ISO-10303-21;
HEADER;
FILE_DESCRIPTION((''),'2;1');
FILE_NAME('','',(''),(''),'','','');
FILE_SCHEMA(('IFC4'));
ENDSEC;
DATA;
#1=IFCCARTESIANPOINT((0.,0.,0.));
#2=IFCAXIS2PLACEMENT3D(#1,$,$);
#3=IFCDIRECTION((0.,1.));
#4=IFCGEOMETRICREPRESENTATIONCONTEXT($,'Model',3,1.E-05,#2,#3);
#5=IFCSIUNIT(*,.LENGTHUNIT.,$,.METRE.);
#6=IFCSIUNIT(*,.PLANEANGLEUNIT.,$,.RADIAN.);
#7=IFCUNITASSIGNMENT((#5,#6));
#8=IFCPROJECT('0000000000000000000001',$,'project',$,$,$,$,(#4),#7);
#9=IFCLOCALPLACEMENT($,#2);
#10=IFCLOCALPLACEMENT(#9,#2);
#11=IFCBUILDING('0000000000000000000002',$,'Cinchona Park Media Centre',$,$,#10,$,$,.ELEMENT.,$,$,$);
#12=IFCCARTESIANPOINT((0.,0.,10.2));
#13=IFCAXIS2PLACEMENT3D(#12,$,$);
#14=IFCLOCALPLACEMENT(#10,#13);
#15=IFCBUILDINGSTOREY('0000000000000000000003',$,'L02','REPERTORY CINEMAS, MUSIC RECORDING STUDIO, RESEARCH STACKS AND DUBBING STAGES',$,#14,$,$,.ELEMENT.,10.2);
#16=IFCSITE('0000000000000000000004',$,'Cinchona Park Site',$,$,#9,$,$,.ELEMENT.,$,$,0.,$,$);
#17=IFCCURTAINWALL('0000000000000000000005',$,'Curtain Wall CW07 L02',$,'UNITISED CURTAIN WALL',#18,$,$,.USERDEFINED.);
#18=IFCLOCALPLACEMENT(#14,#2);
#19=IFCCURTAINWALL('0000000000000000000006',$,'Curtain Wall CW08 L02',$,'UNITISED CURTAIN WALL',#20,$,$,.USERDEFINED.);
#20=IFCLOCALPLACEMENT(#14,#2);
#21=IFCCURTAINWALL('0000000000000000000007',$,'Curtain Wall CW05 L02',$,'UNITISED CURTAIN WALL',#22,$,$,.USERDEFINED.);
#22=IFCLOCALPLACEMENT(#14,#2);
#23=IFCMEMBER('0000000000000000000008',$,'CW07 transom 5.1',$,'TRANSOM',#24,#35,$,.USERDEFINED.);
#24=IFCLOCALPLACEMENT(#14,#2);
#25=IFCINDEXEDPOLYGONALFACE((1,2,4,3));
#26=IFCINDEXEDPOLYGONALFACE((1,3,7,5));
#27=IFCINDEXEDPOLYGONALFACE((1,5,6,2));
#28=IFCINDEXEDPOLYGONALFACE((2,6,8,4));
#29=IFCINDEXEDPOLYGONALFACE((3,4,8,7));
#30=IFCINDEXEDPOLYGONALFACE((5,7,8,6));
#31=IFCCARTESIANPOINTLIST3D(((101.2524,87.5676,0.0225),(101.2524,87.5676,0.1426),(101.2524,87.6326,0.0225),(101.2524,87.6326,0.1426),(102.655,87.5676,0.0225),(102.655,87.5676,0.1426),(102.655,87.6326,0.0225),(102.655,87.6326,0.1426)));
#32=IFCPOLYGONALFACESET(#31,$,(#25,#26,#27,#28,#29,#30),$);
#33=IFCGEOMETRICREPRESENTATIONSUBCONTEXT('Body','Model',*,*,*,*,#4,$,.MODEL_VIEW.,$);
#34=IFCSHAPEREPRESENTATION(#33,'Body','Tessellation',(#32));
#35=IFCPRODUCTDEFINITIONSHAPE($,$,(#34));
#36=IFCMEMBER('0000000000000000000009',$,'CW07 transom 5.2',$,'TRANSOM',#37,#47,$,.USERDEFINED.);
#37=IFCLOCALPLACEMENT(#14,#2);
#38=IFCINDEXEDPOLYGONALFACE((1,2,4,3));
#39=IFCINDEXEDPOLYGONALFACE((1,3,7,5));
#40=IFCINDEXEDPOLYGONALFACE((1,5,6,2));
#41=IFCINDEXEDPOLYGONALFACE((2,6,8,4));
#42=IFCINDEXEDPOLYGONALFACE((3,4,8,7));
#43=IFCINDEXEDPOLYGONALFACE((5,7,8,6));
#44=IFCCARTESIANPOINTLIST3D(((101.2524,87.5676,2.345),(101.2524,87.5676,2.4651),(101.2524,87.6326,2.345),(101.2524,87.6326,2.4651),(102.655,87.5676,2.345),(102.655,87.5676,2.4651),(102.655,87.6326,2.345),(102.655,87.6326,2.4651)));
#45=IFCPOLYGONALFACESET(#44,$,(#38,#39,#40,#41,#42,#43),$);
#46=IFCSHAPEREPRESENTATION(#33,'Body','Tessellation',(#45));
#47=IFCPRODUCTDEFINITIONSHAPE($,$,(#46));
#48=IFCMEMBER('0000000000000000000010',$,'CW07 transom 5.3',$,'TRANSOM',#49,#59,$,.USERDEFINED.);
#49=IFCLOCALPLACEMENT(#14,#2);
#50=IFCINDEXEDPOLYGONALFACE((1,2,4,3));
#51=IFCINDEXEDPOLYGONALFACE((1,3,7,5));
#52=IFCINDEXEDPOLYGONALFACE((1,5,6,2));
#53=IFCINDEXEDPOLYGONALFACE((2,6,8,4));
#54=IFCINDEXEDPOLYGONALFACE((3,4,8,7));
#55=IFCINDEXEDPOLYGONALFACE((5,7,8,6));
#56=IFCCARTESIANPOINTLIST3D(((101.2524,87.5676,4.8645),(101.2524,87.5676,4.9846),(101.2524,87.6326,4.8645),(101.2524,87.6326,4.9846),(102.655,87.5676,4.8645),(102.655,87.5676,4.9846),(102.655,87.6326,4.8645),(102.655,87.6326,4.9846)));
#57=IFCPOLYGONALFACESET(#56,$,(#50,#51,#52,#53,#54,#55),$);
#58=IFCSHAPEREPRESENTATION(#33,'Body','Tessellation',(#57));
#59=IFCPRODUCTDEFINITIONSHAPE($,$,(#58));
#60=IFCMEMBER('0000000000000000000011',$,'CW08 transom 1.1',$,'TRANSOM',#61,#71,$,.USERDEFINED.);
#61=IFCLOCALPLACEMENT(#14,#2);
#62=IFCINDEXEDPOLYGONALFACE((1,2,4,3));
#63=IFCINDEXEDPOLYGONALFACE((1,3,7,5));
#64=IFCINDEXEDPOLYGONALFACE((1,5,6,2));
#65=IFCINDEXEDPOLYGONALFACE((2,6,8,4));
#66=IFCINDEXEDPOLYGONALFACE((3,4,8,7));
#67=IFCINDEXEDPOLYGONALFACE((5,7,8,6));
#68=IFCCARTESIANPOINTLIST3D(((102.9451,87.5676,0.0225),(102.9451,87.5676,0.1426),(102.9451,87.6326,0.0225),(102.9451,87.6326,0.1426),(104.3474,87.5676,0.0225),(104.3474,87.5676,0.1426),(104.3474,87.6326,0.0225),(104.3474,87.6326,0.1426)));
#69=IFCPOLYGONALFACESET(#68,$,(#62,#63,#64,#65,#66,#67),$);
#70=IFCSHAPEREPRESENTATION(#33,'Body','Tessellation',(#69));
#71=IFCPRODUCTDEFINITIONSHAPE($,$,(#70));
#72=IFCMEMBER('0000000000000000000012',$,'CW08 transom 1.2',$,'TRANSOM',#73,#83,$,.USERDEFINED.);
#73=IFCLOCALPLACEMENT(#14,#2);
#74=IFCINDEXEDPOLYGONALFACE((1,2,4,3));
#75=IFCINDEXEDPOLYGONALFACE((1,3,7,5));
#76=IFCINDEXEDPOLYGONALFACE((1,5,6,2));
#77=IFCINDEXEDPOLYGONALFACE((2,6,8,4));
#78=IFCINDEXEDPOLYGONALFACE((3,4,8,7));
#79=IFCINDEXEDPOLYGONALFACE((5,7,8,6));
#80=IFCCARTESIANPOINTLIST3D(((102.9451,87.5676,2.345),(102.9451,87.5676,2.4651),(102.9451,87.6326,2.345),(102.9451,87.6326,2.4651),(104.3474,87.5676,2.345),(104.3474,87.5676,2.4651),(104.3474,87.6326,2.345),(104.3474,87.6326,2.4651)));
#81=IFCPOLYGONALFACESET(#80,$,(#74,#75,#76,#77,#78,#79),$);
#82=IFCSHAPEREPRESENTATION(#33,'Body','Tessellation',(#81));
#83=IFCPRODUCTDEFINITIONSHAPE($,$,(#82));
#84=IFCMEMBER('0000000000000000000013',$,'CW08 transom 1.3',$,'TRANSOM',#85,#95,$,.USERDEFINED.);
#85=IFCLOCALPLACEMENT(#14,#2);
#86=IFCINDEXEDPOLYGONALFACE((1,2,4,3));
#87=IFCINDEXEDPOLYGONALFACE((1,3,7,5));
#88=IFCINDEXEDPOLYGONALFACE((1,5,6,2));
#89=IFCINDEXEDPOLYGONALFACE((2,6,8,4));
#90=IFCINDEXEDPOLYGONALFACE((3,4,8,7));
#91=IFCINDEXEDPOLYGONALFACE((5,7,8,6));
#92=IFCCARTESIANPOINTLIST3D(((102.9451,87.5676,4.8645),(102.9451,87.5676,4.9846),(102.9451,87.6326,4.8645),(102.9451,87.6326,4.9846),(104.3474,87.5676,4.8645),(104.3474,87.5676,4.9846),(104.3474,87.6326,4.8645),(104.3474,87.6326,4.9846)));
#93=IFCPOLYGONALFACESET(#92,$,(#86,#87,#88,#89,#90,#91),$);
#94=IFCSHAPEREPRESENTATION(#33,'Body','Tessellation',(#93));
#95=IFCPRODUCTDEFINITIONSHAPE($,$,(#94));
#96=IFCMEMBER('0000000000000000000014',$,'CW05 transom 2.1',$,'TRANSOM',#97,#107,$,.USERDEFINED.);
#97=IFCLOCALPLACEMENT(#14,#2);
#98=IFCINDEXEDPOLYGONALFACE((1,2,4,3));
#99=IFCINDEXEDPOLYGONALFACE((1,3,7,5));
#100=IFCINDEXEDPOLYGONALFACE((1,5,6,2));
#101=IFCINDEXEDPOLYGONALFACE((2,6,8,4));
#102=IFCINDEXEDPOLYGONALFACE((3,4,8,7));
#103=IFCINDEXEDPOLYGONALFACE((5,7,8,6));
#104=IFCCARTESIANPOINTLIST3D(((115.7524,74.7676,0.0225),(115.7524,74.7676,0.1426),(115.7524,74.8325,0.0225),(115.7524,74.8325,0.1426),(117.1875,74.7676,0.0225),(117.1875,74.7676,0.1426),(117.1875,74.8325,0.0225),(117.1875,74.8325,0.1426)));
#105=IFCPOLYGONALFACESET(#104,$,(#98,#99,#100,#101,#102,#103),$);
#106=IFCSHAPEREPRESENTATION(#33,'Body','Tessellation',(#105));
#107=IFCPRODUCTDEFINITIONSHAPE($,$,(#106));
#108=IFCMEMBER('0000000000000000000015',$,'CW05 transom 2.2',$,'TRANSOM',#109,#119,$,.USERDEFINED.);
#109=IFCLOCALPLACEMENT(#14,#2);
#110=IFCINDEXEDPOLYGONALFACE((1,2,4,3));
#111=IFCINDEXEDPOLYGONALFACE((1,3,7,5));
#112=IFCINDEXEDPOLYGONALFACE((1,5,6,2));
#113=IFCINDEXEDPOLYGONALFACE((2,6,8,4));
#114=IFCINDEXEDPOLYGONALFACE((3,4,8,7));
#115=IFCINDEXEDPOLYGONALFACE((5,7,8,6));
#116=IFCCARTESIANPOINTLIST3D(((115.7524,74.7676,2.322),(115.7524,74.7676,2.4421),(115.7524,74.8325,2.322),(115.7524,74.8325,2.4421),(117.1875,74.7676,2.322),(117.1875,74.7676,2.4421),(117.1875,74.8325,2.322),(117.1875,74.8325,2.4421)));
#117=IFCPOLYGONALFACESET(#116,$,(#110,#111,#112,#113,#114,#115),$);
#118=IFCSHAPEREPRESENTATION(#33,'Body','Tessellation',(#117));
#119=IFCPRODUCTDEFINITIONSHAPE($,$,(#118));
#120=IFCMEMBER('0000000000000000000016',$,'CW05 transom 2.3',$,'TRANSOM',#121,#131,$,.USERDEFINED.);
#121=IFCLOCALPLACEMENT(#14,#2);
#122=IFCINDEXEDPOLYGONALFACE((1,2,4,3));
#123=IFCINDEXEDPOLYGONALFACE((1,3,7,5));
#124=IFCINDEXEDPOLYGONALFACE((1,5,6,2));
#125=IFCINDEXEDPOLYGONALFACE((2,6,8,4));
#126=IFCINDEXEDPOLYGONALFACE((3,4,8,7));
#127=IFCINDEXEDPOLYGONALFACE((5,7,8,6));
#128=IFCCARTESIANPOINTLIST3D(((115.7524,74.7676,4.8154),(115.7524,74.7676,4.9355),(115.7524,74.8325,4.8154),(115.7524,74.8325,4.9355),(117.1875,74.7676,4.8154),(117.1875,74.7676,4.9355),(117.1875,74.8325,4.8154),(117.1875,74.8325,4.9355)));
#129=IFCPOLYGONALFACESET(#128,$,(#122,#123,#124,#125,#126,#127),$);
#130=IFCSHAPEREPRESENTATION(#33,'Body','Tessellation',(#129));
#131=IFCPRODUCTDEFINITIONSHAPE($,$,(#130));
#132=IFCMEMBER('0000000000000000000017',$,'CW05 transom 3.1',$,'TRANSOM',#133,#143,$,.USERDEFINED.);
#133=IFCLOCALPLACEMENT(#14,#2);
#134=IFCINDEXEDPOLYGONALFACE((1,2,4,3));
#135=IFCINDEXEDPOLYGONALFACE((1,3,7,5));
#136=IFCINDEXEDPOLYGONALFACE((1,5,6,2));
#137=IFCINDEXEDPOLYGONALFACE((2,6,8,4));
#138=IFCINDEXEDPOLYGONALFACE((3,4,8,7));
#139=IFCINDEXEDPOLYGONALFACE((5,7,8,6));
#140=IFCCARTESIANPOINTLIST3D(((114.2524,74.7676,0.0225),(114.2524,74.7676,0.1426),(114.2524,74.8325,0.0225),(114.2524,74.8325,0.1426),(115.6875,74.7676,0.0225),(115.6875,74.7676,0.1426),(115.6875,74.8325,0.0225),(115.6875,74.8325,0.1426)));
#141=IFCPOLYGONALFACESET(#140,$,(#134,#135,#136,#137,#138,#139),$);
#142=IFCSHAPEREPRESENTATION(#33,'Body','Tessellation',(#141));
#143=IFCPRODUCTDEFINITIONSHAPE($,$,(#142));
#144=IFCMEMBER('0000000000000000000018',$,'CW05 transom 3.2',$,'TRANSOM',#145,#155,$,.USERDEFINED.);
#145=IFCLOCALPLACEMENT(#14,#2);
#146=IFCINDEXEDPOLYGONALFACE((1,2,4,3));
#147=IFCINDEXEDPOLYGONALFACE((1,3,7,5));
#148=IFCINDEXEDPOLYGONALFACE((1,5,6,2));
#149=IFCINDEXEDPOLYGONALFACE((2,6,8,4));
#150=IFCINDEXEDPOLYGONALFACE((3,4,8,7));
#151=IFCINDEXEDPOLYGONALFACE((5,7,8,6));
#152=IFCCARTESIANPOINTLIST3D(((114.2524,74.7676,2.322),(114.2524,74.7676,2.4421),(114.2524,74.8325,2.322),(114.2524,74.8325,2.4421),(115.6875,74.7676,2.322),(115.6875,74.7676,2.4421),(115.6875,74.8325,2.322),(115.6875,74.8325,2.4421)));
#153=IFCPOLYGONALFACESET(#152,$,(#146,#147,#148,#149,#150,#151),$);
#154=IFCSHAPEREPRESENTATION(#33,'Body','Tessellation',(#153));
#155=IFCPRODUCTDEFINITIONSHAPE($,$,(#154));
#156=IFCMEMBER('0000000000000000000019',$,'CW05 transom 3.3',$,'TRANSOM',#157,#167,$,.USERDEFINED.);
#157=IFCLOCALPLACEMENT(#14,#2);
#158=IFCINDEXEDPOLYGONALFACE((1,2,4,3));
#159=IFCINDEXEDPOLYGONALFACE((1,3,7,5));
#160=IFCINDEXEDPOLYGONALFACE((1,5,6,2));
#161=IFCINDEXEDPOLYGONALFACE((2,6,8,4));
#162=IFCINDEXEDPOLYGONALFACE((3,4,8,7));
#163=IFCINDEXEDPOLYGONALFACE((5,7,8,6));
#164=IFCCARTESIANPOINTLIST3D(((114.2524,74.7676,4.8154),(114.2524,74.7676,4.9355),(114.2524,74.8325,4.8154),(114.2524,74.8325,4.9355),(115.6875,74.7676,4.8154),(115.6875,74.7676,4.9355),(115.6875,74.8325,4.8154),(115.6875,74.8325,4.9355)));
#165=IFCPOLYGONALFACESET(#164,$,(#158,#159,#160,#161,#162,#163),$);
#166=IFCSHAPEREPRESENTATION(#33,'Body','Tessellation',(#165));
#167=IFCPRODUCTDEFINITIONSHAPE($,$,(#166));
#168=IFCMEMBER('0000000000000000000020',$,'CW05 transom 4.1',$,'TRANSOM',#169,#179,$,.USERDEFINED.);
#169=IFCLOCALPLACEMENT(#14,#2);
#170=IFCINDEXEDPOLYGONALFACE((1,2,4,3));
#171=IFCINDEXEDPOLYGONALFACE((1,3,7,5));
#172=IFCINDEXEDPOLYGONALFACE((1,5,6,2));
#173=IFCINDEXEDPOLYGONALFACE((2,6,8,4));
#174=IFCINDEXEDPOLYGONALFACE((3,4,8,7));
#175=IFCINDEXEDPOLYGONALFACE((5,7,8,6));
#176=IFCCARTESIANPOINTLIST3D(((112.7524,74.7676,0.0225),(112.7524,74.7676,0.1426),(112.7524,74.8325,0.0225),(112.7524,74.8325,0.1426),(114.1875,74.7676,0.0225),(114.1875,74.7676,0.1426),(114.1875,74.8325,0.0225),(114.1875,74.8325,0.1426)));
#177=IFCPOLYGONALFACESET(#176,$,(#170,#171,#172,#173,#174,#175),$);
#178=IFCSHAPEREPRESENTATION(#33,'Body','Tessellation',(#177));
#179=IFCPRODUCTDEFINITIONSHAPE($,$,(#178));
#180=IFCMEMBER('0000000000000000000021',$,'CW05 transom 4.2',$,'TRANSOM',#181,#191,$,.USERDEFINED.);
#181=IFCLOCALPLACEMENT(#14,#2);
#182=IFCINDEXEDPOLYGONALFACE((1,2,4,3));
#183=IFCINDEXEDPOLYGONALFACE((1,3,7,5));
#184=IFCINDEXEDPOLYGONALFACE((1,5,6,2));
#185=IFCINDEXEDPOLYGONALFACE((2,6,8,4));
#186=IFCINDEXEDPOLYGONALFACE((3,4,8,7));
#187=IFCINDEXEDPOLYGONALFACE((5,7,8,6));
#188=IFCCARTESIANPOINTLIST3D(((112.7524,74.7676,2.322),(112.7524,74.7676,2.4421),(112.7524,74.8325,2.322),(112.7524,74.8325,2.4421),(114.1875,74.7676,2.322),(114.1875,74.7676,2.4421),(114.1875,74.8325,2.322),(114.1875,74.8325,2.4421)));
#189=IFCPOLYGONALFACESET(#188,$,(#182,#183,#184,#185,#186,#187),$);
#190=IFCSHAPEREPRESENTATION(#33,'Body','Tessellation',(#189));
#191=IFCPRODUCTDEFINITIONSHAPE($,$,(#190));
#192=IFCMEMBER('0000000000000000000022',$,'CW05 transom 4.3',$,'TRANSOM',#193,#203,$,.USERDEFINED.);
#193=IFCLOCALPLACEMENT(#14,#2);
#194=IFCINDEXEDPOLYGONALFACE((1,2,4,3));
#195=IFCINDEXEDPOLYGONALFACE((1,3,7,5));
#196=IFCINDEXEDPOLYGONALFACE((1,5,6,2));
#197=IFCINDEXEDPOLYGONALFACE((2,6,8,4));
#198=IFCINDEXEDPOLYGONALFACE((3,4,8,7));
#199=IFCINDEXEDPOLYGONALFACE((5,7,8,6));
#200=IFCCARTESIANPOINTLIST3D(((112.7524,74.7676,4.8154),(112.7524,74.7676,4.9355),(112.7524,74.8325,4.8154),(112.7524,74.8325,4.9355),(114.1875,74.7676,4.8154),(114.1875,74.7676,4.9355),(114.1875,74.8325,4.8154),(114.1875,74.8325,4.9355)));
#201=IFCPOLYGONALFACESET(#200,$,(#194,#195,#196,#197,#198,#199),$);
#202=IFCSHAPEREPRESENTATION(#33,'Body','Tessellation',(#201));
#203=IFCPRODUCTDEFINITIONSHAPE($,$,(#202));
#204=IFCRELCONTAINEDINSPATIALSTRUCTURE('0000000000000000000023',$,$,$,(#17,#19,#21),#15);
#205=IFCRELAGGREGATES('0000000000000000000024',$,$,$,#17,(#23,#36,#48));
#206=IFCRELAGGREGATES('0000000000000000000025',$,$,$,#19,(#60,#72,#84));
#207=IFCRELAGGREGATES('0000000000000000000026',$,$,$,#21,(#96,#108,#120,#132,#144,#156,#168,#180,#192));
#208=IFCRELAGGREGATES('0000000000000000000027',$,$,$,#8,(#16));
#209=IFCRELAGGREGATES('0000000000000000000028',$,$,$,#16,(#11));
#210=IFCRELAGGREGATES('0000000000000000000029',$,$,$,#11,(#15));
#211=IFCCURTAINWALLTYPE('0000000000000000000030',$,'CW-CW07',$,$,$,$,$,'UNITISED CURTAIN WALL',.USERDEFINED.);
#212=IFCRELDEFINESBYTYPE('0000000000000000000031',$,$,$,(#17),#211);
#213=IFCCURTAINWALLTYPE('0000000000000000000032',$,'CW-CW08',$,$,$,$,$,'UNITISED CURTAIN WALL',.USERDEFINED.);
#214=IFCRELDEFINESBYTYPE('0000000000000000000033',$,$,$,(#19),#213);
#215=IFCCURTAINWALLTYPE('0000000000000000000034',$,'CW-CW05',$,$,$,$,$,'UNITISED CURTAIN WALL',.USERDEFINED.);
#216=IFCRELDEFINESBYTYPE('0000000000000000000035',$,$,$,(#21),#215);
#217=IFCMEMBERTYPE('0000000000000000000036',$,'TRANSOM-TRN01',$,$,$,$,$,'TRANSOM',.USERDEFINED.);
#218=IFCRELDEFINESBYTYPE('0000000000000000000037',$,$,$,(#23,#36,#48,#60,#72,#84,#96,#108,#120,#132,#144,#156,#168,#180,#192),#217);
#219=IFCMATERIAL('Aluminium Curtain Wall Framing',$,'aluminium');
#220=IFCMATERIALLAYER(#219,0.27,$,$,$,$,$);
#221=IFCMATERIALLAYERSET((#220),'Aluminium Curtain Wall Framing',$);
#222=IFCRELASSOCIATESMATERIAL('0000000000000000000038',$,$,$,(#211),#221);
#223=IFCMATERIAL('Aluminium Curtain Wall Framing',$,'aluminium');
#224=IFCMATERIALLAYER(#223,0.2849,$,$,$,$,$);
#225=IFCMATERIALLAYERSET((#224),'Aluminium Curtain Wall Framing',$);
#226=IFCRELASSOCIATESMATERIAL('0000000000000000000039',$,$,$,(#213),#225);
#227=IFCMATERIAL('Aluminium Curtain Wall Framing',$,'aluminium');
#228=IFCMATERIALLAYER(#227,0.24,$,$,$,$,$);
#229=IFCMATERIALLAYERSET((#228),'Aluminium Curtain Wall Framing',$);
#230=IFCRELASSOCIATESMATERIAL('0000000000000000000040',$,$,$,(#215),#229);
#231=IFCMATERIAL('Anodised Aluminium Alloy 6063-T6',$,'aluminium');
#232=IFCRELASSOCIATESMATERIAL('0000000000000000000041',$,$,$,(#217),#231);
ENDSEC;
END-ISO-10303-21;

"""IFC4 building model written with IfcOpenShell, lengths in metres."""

from ifc_helpers import new_model, si_unit, direction, frame, origin, origin_2d, place, context, subcontext, project, spatial, rectangle, extrude, material, layer, layer_set, material_profile, profile_set, type_object, element, aggregate, save


model = new_model("IFC4")

# Units and contexts
model_context = context("Model", 3, precision=1e-05, world=origin(), true_north=direction((0.0, 1.0)))
body_context = subcontext(model_context, "Body", "Model", "MODEL_VIEW")
ifc_project = project(units=[si_unit("LENGTHUNIT", "METRE"), si_unit("PLANEANGLEUNIT", "RADIAN")], contexts=[model_context])

# Site, building, storey
site_placement = place(None, origin())
site = spatial("IfcSite", under=ifc_project, at=site_placement, Name="Cinchona Park Site", CompositionType="ELEMENT", RefElevation=0.0)
building_placement = place(site_placement, origin())
building = spatial("IfcBuilding", under=site, at=building_placement, Name="Cinchona Park Media Centre", CompositionType="ELEMENT")
storey_placement = place(building_placement, frame((0.0, 0.0, 10.2)))
storey = spatial("IfcBuildingStorey", under=building, at=storey_placement, Name="L02", Description="REPERTORY CINEMAS, MUSIC RECORDING STUDIO, RESEARCH STACKS AND DUBBING STAGES", CompositionType="ELEMENT", Elevation=10.2)

# Curtain walls
ifc_material_1 = material(Name="Aluminium Curtain Wall Framing", Category="aluminium")
ifc_layer_1 = layer(ifc_material_1, 0.27)
ifc_layer_set_1 = layer_set([ifc_layer_1], Name="Aluminium Curtain Wall Framing")
curtain_wall_type_1 = type_object("IfcCurtainWallType", Name="CW-CW07", ElementType="UNITISED CURTAIN WALL", PredefinedType="USERDEFINED", material=ifc_layer_set_1)
curtain_wall_1_placement = place(storey_placement, origin())
curtain_wall_1 = element("IfcCurtainWall", 1, at=curtain_wall_1_placement, inside=storey, type_object=curtain_wall_type_1, Name="Curtain Wall CW07 L02", ObjectType="UNITISED CURTAIN WALL", PredefinedType="USERDEFINED")
ifc_material_2 = material(Name="Aluminium Curtain Wall Framing", Category="aluminium")
ifc_layer_2 = layer(ifc_material_2, 0.2849)
ifc_layer_set_2 = layer_set([ifc_layer_2], Name="Aluminium Curtain Wall Framing")
curtain_wall_type_2 = type_object("IfcCurtainWallType", Name="CW-CW08", ElementType="UNITISED CURTAIN WALL", PredefinedType="USERDEFINED", material=ifc_layer_set_2)
curtain_wall_2_placement = place(storey_placement, origin())
curtain_wall_2 = element("IfcCurtainWall", 2, at=curtain_wall_2_placement, inside=storey, type_object=curtain_wall_type_2, Name="Curtain Wall CW08 L02", ObjectType="UNITISED CURTAIN WALL", PredefinedType="USERDEFINED")
ifc_material_3 = material(Name="Aluminium Curtain Wall Framing", Category="aluminium")
ifc_layer_3 = layer(ifc_material_3, 0.24)
ifc_layer_set_3 = layer_set([ifc_layer_3], Name="Aluminium Curtain Wall Framing")
curtain_wall_type_3 = type_object("IfcCurtainWallType", Name="CW-CW05", ElementType="UNITISED CURTAIN WALL", PredefinedType="USERDEFINED", material=ifc_layer_set_3)
curtain_wall_3_placement = place(storey_placement, origin())
curtain_wall_3 = element("IfcCurtainWall", 3, at=curtain_wall_3_placement, inside=storey, type_object=curtain_wall_type_3, Name="Curtain Wall CW05 L02", ObjectType="UNITISED CURTAIN WALL", PredefinedType="USERDEFINED")

# Members
ifc_material_4 = material(Name="Anodised Aluminium Alloy 6063-T6", Category="aluminium")
ifc_material_profile_1 = material_profile(ifc_material_4, rectangle(XDim=0.0649, YDim=0.1201, at=origin_2d()), Name="TRN-65X120")
ifc_profile_set_1 = profile_set([ifc_material_profile_1], Name="Anodised Aluminium Alloy 6063-T6")
member_type_1 = type_object("IfcMemberType", Name="TRANSOM-TRN01", ElementType="TRANSOM", PredefinedType="USERDEFINED", material=ifc_profile_set_1)
member_1_placement = place(storey_placement, frame((101.2524, 87.6001, 0.0825), z_axis=(1.0, 0.0, 0.0), x_axis=(0.0, 1.0, 0.0)))
member_1 = element("IfcMember", 4, at=member_1_placement, type_object=member_type_1, Name="CW07 transom 5.1", ObjectType="TRANSOM", PredefinedType="USERDEFINED", context=body_context, shape_type="SweptSolid", body=[
    extrude(rectangle(XDim=0.0649, YDim=0.1201, at=origin_2d()), origin(), (0.0, 0.0, 1.0), 1.4026),
])
member_2_placement = place(storey_placement, frame((101.2524, 87.6001, 2.405), z_axis=(1.0, 0.0, 0.0), x_axis=(0.0, 1.0, 0.0)))
member_2 = element("IfcMember", 5, at=member_2_placement, type_object=member_type_1, Name="CW07 transom 5.2", ObjectType="TRANSOM", PredefinedType="USERDEFINED", context=body_context, shape_type="SweptSolid", body=[
    extrude(rectangle(XDim=0.0649, YDim=0.1201, at=origin_2d()), origin(), (0.0, 0.0, 1.0), 1.4026),
])
member_3_placement = place(storey_placement, frame((101.2524, 87.6001, 4.9246), z_axis=(1.0, 0.0, 0.0), x_axis=(0.0, 1.0, 0.0)))
member_3 = element("IfcMember", 6, at=member_3_placement, type_object=member_type_1, Name="CW07 transom 5.3", ObjectType="TRANSOM", PredefinedType="USERDEFINED", context=body_context, shape_type="SweptSolid", body=[
    extrude(rectangle(XDim=0.0649, YDim=0.1201, at=origin_2d()), origin(), (0.0, 0.0, 1.0), 1.4026),
])
member_4_placement = place(storey_placement, frame((102.9451, 87.6001, 0.0825), z_axis=(1.0, 0.0, 0.0), x_axis=(0.0, 1.0, 0.0)))
member_4 = element("IfcMember", 7, at=member_4_placement, type_object=member_type_1, Name="CW08 transom 1.1", ObjectType="TRANSOM", PredefinedType="USERDEFINED", context=body_context, shape_type="SweptSolid", body=[
    extrude(rectangle(XDim=0.0649, YDim=0.1201, at=origin_2d()), origin(), (0.0, 0.0, 1.0), 1.4023),
])
member_5_placement = place(storey_placement, frame((102.9451, 87.6001, 2.405), z_axis=(1.0, 0.0, 0.0), x_axis=(0.0, 1.0, 0.0)))
member_5 = element("IfcMember", 8, at=member_5_placement, type_object=member_type_1, Name="CW08 transom 1.2", ObjectType="TRANSOM", PredefinedType="USERDEFINED", context=body_context, shape_type="SweptSolid", body=[
    extrude(rectangle(XDim=0.0649, YDim=0.1201, at=origin_2d()), origin(), (0.0, 0.0, 1.0), 1.4023),
])
member_6_placement = place(storey_placement, frame((102.9451, 87.6001, 4.9246), z_axis=(1.0, 0.0, 0.0), x_axis=(0.0, 1.0, 0.0)))
member_6 = element("IfcMember", 9, at=member_6_placement, type_object=member_type_1, Name="CW08 transom 1.3", ObjectType="TRANSOM", PredefinedType="USERDEFINED", context=body_context, shape_type="SweptSolid", body=[
    extrude(rectangle(XDim=0.0649, YDim=0.1201, at=origin_2d()), origin(), (0.0, 0.0, 1.0), 1.4023),
])
member_7_placement = place(storey_placement, frame((117.1875, 74.8, 0.0825), z_axis=(-1.0, 0.0, 0.0), x_axis=(0.0, -1.0, 0.0)))
member_7 = element("IfcMember", 10, at=member_7_placement, type_object=member_type_1, Name="CW05 transom 2.1", ObjectType="TRANSOM", PredefinedType="USERDEFINED", context=body_context, shape_type="SweptSolid", body=[
    extrude(rectangle(XDim=0.0649, YDim=0.1201, at=origin_2d()), origin(), (0.0, 0.0, 1.0), 1.4351),
])
member_8_placement = place(storey_placement, frame((117.1875, 74.8, 2.3821), z_axis=(-1.0, 0.0, 0.0), x_axis=(0.0, -1.0, 0.0)))
member_8 = element("IfcMember", 11, at=member_8_placement, type_object=member_type_1, Name="CW05 transom 2.2", ObjectType="TRANSOM", PredefinedType="USERDEFINED", context=body_context, shape_type="SweptSolid", body=[
    extrude(rectangle(XDim=0.0649, YDim=0.1201, at=origin_2d()), origin(), (0.0, 0.0, 1.0), 1.4351),
])
member_9_placement = place(storey_placement, frame((117.1875, 74.8, 4.8755), z_axis=(-1.0, 0.0, 0.0), x_axis=(0.0, -1.0, 0.0)))
member_9 = element("IfcMember", 12, at=member_9_placement, type_object=member_type_1, Name="CW05 transom 2.3", ObjectType="TRANSOM", PredefinedType="USERDEFINED", context=body_context, shape_type="SweptSolid", body=[
    extrude(rectangle(XDim=0.0649, YDim=0.1201, at=origin_2d()), origin(), (0.0, 0.0, 1.0), 1.4351),
])
member_10_placement = place(storey_placement, frame((115.6875, 74.8, 0.0825), z_axis=(-1.0, 0.0, 0.0), x_axis=(0.0, -1.0, 0.0)))
member_10 = element("IfcMember", 13, at=member_10_placement, type_object=member_type_1, Name="CW05 transom 3.1", ObjectType="TRANSOM", PredefinedType="USERDEFINED", context=body_context, shape_type="SweptSolid", body=[
    extrude(rectangle(XDim=0.0649, YDim=0.1201, at=origin_2d()), origin(), (0.0, 0.0, 1.0), 1.4351),
])
member_11_placement = place(storey_placement, frame((115.6875, 74.8, 2.3821), z_axis=(-1.0, 0.0, 0.0), x_axis=(0.0, -1.0, 0.0)))
member_11 = element("IfcMember", 14, at=member_11_placement, type_object=member_type_1, Name="CW05 transom 3.2", ObjectType="TRANSOM", PredefinedType="USERDEFINED", context=body_context, shape_type="SweptSolid", body=[
    extrude(rectangle(XDim=0.0649, YDim=0.1201, at=origin_2d()), origin(), (0.0, 0.0, 1.0), 1.4351),
])
member_12_placement = place(storey_placement, frame((115.6875, 74.8, 4.8755), z_axis=(-1.0, 0.0, 0.0), x_axis=(0.0, -1.0, 0.0)))
member_12 = element("IfcMember", 15, at=member_12_placement, type_object=member_type_1, Name="CW05 transom 3.3", ObjectType="TRANSOM", PredefinedType="USERDEFINED", context=body_context, shape_type="SweptSolid", body=[
    extrude(rectangle(XDim=0.0649, YDim=0.1201, at=origin_2d()), origin(), (0.0, 0.0, 1.0), 1.4351),
])
member_13_placement = place(storey_placement, frame((114.1875, 74.8, 0.0825), z_axis=(-1.0, 0.0, 0.0), x_axis=(0.0, -1.0, 0.0)))
member_13 = element("IfcMember", 16, at=member_13_placement, type_object=member_type_1, Name="CW05 transom 4.1", ObjectType="TRANSOM", PredefinedType="USERDEFINED", context=body_context, shape_type="SweptSolid", body=[
    extrude(rectangle(XDim=0.0649, YDim=0.1201, at=origin_2d()), origin(), (0.0, 0.0, 1.0), 1.4351),
])
member_14_placement = place(storey_placement, frame((114.1875, 74.8, 2.3821), z_axis=(-1.0, 0.0, 0.0), x_axis=(0.0, -1.0, 0.0)))
member_14 = element("IfcMember", 17, at=member_14_placement, type_object=member_type_1, Name="CW05 transom 4.2", ObjectType="TRANSOM", PredefinedType="USERDEFINED", context=body_context, shape_type="SweptSolid", body=[
    extrude(rectangle(XDim=0.0649, YDim=0.1201, at=origin_2d()), origin(), (0.0, 0.0, 1.0), 1.4351),
])
member_15_placement = place(storey_placement, frame((114.1875, 74.8, 4.8755), z_axis=(-1.0, 0.0, 0.0), x_axis=(0.0, -1.0, 0.0)))
member_15 = element("IfcMember", 18, at=member_15_placement, type_object=member_type_1, Name="CW05 transom 4.3", ObjectType="TRANSOM", PredefinedType="USERDEFINED", context=body_context, shape_type="SweptSolid", body=[
    extrude(rectangle(XDim=0.0649, YDim=0.1201, at=origin_2d()), origin(), (0.0, 0.0, 1.0), 1.4351),
])

aggregate(curtain_wall_1, [member_1, member_2, member_3])
aggregate(curtain_wall_2, [member_4, member_5, member_6])
aggregate(curtain_wall_3, [member_7, member_8, member_9, member_10, member_11, member_12, member_13, member_14, member_15])

save(model, "model.ifc")
